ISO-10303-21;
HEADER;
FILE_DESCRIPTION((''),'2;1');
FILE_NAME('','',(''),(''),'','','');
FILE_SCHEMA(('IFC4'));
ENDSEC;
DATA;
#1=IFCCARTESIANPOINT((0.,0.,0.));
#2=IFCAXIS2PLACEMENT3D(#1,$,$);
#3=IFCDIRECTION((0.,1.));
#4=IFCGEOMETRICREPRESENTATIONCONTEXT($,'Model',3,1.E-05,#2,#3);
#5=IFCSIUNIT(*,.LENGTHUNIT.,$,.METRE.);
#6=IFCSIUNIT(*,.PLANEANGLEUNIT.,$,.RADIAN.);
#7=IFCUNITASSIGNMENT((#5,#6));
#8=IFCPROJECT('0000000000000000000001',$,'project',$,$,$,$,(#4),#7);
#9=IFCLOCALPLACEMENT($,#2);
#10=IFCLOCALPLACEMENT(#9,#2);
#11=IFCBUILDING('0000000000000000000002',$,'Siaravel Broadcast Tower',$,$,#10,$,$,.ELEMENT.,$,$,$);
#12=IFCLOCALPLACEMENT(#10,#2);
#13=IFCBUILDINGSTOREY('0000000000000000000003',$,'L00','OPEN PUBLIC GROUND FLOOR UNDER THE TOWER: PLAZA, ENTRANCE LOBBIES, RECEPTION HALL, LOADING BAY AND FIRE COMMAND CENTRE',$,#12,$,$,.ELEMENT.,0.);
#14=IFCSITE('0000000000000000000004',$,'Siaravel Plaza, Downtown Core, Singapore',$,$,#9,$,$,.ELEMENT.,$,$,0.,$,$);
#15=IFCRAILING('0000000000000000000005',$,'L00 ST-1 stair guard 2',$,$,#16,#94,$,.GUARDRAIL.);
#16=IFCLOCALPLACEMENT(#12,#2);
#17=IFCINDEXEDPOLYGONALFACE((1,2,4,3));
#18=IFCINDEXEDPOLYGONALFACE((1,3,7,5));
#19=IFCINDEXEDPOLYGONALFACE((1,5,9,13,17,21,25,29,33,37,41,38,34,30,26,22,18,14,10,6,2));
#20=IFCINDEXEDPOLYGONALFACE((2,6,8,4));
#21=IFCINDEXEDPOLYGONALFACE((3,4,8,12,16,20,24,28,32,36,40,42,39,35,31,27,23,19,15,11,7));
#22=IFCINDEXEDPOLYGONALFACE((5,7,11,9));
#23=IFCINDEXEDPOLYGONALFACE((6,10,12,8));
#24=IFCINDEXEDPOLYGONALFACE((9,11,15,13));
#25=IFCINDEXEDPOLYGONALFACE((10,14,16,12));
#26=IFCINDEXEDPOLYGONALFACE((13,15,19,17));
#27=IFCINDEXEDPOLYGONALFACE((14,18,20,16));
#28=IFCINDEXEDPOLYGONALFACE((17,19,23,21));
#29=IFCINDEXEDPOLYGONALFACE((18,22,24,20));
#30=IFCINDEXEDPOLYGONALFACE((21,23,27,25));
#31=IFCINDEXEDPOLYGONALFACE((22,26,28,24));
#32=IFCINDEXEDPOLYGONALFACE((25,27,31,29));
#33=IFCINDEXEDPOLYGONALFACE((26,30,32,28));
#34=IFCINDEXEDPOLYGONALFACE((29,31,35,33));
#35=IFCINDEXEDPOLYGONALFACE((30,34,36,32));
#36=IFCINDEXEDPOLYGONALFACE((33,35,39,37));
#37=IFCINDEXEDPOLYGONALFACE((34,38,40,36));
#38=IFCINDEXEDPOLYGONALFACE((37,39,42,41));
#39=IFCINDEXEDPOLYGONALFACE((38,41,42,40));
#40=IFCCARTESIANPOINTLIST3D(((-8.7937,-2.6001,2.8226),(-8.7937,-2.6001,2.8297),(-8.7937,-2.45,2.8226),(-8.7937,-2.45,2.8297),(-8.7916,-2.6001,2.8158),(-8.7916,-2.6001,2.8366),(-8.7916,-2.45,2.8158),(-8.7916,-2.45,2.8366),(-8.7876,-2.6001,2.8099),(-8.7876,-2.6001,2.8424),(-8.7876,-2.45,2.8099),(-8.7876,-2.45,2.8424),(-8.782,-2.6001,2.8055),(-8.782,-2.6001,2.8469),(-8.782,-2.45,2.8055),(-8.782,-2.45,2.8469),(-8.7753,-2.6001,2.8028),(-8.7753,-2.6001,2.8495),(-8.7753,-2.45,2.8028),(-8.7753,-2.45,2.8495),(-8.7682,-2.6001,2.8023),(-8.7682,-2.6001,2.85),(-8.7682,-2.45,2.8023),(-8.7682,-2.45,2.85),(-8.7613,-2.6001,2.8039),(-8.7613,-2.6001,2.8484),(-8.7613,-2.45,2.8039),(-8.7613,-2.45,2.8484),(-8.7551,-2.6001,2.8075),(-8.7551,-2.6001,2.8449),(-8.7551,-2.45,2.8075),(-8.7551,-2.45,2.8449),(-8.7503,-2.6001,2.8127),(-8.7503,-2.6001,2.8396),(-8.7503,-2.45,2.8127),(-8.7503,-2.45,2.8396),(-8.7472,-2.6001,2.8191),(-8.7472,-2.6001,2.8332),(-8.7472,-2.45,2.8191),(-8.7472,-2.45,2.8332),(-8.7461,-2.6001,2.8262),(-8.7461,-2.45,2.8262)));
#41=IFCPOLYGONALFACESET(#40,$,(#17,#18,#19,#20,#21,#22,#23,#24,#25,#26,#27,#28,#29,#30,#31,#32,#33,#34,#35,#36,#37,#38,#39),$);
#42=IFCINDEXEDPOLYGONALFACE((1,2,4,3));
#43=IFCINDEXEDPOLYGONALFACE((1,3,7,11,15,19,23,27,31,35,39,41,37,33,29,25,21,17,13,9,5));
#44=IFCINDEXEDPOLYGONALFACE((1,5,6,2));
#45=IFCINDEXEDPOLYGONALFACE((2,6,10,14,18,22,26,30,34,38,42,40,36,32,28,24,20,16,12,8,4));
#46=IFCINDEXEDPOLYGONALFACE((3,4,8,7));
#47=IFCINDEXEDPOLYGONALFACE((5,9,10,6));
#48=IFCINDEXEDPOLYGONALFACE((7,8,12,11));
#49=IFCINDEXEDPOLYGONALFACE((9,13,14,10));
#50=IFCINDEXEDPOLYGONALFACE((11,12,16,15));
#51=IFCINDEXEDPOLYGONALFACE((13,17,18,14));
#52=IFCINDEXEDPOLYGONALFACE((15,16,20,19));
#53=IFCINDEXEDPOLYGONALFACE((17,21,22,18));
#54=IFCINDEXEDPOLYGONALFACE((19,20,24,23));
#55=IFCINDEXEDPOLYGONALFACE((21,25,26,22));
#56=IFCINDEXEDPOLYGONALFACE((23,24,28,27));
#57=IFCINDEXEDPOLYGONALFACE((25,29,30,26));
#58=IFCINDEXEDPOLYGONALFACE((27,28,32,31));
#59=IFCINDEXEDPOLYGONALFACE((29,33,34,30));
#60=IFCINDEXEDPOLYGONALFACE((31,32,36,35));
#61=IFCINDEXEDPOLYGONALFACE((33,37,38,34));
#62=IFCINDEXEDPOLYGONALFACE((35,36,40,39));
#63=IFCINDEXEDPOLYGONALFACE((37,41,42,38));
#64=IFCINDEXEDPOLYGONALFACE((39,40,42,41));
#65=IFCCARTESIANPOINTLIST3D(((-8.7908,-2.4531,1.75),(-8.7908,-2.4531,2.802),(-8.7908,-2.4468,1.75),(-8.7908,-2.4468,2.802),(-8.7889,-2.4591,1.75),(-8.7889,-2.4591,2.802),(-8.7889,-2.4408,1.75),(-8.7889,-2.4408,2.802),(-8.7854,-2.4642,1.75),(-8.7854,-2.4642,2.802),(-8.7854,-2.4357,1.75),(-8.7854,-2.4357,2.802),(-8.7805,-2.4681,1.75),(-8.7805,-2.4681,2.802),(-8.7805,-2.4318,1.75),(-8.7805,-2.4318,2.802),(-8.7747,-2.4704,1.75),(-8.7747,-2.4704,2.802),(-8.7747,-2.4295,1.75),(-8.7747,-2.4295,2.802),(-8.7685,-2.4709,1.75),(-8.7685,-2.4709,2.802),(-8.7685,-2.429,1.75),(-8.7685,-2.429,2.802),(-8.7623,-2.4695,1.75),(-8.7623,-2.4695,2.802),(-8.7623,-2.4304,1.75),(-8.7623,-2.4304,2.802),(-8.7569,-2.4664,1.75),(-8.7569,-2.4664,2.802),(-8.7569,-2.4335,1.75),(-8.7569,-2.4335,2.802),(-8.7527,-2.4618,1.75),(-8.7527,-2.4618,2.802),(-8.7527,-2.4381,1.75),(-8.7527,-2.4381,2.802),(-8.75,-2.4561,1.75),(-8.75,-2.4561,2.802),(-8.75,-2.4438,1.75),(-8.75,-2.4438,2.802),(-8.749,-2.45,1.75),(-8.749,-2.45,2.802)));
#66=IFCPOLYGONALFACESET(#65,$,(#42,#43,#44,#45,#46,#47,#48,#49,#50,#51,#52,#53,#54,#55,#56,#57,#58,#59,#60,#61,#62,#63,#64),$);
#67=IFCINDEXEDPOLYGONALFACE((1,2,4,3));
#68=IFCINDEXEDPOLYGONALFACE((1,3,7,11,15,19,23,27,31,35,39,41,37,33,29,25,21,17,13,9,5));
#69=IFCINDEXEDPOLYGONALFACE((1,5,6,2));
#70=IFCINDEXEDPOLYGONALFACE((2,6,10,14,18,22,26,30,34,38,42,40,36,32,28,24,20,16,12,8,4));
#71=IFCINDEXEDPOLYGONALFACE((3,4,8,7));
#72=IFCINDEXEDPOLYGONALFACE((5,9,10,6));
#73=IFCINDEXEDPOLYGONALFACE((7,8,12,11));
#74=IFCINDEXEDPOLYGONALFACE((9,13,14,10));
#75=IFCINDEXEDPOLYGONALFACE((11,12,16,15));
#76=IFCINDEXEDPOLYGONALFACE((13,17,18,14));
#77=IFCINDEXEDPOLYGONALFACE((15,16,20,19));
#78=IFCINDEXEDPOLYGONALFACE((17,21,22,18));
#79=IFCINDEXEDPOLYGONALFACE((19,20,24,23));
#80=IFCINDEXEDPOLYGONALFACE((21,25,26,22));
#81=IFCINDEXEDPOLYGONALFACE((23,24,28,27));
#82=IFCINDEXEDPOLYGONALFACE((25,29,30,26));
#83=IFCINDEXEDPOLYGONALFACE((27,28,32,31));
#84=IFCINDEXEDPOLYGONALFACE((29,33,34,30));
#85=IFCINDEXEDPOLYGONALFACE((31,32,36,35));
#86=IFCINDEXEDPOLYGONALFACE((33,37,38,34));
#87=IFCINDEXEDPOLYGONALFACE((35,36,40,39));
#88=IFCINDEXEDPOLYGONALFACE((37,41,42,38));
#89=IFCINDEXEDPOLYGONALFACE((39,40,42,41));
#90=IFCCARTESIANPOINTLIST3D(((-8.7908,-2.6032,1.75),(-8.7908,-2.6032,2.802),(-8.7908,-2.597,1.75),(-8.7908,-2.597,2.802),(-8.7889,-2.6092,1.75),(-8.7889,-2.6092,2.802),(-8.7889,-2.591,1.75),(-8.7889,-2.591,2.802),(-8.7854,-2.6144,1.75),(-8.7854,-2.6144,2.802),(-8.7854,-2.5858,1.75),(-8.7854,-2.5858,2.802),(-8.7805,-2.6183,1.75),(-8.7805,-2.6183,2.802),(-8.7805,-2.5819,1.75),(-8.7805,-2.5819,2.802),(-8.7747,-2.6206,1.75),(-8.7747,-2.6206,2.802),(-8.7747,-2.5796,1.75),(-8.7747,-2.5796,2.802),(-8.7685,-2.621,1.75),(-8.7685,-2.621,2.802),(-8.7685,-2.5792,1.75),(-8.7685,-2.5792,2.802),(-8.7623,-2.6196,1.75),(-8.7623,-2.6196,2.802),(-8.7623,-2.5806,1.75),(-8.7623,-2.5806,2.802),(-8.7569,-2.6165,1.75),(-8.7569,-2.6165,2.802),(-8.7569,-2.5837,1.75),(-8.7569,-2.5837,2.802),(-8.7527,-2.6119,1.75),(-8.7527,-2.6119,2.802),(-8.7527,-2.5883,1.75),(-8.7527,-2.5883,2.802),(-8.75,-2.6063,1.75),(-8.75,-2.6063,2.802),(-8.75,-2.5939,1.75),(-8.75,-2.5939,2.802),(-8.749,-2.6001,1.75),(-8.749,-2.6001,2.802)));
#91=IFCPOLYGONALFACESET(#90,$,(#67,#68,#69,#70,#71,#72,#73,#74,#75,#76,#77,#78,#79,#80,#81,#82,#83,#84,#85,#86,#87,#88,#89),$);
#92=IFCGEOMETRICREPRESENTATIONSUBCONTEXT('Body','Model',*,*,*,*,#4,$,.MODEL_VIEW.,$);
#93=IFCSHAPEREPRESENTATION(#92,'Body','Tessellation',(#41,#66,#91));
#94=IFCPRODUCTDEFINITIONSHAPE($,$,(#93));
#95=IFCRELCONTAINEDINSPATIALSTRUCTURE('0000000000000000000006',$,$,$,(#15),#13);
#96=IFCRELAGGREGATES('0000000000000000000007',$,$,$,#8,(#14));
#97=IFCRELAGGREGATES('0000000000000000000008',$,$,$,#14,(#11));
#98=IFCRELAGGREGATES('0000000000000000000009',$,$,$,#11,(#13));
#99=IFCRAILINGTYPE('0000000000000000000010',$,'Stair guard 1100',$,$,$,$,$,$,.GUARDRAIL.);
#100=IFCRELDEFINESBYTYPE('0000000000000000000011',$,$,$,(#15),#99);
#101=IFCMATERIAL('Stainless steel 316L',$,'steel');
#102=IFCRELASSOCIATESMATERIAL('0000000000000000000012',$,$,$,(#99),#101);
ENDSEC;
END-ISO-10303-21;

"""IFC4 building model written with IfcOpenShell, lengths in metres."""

from ifc_helpers import new_model, si_unit, direction, frame, origin, origin_2d, place, context, subcontext, project, spatial, circle, extrude, material, type_object, element, save


model = new_model("IFC4")

# Units and contexts
model_context = context("Model", 3, precision=1e-05, world=origin(), true_north=direction((0.0, 1.0)))
body_context = subcontext(model_context, "Body", "Model", "MODEL_VIEW")
ifc_project = project(units=[si_unit("LENGTHUNIT", "METRE"), si_unit("PLANEANGLEUNIT", "RADIAN")], contexts=[model_context])

# Site, building, storey
site_placement = place(None, origin())
site = spatial("IfcSite", under=ifc_project, at=site_placement, Name="Siaravel Plaza, Downtown Core, Singapore", CompositionType="ELEMENT", RefElevation=0.0)
building_placement = place(site_placement, origin())
building = spatial("IfcBuilding", under=site, at=building_placement, Name="Siaravel Broadcast Tower", CompositionType="ELEMENT")
storey_placement = place(building_placement, origin())
storey = spatial("IfcBuildingStorey", under=building, at=storey_placement, Name="L00", Description="OPEN PUBLIC GROUND FLOOR UNDER THE TOWER: PLAZA, ENTRANCE LOBBIES, RECEPTION HALL, LOADING BAY AND FIRE COMMAND CENTRE", CompositionType="ELEMENT", Elevation=0.0)

# Shared definitions
ifc_material_1 = material(Name="Stainless steel 316L", Category="steel")

# Railing
railing_type = type_object("IfcRailingType", Name="Stair guard 1100", PredefinedType="GUARDRAIL", material=ifc_material_1)
railing_placement = place(storey_placement, frame((-8.77, -2.45, 1.75)))
element("IfcRailing", 1, at=railing_placement, inside=storey, type_object=railing_type, Name="L00 ST-1 stair guard 2", PredefinedType="GUARDRAIL", context=body_context, shape_type="SweptSolid", body=[
    extrude(circle(Radius=0.0239, at=origin_2d()), frame((0.0, 0.0, 1.0762), z_axis=(0.0, -1.0, 0.0), x_axis=(1.0, 0.0, 0.0)), (0.0, 0.0, 1.0), 0.1501),
    extrude(circle(Radius=0.021, at=origin_2d()), origin(), (0.0, 0.0, 1.0), 1.052),
    extrude(circle(Radius=0.021, at=origin_2d()), frame((0.0, -0.1501, 0.0)), (0.0, 0.0, 1.0), 1.052),
])

save(model, "model.ifc")
